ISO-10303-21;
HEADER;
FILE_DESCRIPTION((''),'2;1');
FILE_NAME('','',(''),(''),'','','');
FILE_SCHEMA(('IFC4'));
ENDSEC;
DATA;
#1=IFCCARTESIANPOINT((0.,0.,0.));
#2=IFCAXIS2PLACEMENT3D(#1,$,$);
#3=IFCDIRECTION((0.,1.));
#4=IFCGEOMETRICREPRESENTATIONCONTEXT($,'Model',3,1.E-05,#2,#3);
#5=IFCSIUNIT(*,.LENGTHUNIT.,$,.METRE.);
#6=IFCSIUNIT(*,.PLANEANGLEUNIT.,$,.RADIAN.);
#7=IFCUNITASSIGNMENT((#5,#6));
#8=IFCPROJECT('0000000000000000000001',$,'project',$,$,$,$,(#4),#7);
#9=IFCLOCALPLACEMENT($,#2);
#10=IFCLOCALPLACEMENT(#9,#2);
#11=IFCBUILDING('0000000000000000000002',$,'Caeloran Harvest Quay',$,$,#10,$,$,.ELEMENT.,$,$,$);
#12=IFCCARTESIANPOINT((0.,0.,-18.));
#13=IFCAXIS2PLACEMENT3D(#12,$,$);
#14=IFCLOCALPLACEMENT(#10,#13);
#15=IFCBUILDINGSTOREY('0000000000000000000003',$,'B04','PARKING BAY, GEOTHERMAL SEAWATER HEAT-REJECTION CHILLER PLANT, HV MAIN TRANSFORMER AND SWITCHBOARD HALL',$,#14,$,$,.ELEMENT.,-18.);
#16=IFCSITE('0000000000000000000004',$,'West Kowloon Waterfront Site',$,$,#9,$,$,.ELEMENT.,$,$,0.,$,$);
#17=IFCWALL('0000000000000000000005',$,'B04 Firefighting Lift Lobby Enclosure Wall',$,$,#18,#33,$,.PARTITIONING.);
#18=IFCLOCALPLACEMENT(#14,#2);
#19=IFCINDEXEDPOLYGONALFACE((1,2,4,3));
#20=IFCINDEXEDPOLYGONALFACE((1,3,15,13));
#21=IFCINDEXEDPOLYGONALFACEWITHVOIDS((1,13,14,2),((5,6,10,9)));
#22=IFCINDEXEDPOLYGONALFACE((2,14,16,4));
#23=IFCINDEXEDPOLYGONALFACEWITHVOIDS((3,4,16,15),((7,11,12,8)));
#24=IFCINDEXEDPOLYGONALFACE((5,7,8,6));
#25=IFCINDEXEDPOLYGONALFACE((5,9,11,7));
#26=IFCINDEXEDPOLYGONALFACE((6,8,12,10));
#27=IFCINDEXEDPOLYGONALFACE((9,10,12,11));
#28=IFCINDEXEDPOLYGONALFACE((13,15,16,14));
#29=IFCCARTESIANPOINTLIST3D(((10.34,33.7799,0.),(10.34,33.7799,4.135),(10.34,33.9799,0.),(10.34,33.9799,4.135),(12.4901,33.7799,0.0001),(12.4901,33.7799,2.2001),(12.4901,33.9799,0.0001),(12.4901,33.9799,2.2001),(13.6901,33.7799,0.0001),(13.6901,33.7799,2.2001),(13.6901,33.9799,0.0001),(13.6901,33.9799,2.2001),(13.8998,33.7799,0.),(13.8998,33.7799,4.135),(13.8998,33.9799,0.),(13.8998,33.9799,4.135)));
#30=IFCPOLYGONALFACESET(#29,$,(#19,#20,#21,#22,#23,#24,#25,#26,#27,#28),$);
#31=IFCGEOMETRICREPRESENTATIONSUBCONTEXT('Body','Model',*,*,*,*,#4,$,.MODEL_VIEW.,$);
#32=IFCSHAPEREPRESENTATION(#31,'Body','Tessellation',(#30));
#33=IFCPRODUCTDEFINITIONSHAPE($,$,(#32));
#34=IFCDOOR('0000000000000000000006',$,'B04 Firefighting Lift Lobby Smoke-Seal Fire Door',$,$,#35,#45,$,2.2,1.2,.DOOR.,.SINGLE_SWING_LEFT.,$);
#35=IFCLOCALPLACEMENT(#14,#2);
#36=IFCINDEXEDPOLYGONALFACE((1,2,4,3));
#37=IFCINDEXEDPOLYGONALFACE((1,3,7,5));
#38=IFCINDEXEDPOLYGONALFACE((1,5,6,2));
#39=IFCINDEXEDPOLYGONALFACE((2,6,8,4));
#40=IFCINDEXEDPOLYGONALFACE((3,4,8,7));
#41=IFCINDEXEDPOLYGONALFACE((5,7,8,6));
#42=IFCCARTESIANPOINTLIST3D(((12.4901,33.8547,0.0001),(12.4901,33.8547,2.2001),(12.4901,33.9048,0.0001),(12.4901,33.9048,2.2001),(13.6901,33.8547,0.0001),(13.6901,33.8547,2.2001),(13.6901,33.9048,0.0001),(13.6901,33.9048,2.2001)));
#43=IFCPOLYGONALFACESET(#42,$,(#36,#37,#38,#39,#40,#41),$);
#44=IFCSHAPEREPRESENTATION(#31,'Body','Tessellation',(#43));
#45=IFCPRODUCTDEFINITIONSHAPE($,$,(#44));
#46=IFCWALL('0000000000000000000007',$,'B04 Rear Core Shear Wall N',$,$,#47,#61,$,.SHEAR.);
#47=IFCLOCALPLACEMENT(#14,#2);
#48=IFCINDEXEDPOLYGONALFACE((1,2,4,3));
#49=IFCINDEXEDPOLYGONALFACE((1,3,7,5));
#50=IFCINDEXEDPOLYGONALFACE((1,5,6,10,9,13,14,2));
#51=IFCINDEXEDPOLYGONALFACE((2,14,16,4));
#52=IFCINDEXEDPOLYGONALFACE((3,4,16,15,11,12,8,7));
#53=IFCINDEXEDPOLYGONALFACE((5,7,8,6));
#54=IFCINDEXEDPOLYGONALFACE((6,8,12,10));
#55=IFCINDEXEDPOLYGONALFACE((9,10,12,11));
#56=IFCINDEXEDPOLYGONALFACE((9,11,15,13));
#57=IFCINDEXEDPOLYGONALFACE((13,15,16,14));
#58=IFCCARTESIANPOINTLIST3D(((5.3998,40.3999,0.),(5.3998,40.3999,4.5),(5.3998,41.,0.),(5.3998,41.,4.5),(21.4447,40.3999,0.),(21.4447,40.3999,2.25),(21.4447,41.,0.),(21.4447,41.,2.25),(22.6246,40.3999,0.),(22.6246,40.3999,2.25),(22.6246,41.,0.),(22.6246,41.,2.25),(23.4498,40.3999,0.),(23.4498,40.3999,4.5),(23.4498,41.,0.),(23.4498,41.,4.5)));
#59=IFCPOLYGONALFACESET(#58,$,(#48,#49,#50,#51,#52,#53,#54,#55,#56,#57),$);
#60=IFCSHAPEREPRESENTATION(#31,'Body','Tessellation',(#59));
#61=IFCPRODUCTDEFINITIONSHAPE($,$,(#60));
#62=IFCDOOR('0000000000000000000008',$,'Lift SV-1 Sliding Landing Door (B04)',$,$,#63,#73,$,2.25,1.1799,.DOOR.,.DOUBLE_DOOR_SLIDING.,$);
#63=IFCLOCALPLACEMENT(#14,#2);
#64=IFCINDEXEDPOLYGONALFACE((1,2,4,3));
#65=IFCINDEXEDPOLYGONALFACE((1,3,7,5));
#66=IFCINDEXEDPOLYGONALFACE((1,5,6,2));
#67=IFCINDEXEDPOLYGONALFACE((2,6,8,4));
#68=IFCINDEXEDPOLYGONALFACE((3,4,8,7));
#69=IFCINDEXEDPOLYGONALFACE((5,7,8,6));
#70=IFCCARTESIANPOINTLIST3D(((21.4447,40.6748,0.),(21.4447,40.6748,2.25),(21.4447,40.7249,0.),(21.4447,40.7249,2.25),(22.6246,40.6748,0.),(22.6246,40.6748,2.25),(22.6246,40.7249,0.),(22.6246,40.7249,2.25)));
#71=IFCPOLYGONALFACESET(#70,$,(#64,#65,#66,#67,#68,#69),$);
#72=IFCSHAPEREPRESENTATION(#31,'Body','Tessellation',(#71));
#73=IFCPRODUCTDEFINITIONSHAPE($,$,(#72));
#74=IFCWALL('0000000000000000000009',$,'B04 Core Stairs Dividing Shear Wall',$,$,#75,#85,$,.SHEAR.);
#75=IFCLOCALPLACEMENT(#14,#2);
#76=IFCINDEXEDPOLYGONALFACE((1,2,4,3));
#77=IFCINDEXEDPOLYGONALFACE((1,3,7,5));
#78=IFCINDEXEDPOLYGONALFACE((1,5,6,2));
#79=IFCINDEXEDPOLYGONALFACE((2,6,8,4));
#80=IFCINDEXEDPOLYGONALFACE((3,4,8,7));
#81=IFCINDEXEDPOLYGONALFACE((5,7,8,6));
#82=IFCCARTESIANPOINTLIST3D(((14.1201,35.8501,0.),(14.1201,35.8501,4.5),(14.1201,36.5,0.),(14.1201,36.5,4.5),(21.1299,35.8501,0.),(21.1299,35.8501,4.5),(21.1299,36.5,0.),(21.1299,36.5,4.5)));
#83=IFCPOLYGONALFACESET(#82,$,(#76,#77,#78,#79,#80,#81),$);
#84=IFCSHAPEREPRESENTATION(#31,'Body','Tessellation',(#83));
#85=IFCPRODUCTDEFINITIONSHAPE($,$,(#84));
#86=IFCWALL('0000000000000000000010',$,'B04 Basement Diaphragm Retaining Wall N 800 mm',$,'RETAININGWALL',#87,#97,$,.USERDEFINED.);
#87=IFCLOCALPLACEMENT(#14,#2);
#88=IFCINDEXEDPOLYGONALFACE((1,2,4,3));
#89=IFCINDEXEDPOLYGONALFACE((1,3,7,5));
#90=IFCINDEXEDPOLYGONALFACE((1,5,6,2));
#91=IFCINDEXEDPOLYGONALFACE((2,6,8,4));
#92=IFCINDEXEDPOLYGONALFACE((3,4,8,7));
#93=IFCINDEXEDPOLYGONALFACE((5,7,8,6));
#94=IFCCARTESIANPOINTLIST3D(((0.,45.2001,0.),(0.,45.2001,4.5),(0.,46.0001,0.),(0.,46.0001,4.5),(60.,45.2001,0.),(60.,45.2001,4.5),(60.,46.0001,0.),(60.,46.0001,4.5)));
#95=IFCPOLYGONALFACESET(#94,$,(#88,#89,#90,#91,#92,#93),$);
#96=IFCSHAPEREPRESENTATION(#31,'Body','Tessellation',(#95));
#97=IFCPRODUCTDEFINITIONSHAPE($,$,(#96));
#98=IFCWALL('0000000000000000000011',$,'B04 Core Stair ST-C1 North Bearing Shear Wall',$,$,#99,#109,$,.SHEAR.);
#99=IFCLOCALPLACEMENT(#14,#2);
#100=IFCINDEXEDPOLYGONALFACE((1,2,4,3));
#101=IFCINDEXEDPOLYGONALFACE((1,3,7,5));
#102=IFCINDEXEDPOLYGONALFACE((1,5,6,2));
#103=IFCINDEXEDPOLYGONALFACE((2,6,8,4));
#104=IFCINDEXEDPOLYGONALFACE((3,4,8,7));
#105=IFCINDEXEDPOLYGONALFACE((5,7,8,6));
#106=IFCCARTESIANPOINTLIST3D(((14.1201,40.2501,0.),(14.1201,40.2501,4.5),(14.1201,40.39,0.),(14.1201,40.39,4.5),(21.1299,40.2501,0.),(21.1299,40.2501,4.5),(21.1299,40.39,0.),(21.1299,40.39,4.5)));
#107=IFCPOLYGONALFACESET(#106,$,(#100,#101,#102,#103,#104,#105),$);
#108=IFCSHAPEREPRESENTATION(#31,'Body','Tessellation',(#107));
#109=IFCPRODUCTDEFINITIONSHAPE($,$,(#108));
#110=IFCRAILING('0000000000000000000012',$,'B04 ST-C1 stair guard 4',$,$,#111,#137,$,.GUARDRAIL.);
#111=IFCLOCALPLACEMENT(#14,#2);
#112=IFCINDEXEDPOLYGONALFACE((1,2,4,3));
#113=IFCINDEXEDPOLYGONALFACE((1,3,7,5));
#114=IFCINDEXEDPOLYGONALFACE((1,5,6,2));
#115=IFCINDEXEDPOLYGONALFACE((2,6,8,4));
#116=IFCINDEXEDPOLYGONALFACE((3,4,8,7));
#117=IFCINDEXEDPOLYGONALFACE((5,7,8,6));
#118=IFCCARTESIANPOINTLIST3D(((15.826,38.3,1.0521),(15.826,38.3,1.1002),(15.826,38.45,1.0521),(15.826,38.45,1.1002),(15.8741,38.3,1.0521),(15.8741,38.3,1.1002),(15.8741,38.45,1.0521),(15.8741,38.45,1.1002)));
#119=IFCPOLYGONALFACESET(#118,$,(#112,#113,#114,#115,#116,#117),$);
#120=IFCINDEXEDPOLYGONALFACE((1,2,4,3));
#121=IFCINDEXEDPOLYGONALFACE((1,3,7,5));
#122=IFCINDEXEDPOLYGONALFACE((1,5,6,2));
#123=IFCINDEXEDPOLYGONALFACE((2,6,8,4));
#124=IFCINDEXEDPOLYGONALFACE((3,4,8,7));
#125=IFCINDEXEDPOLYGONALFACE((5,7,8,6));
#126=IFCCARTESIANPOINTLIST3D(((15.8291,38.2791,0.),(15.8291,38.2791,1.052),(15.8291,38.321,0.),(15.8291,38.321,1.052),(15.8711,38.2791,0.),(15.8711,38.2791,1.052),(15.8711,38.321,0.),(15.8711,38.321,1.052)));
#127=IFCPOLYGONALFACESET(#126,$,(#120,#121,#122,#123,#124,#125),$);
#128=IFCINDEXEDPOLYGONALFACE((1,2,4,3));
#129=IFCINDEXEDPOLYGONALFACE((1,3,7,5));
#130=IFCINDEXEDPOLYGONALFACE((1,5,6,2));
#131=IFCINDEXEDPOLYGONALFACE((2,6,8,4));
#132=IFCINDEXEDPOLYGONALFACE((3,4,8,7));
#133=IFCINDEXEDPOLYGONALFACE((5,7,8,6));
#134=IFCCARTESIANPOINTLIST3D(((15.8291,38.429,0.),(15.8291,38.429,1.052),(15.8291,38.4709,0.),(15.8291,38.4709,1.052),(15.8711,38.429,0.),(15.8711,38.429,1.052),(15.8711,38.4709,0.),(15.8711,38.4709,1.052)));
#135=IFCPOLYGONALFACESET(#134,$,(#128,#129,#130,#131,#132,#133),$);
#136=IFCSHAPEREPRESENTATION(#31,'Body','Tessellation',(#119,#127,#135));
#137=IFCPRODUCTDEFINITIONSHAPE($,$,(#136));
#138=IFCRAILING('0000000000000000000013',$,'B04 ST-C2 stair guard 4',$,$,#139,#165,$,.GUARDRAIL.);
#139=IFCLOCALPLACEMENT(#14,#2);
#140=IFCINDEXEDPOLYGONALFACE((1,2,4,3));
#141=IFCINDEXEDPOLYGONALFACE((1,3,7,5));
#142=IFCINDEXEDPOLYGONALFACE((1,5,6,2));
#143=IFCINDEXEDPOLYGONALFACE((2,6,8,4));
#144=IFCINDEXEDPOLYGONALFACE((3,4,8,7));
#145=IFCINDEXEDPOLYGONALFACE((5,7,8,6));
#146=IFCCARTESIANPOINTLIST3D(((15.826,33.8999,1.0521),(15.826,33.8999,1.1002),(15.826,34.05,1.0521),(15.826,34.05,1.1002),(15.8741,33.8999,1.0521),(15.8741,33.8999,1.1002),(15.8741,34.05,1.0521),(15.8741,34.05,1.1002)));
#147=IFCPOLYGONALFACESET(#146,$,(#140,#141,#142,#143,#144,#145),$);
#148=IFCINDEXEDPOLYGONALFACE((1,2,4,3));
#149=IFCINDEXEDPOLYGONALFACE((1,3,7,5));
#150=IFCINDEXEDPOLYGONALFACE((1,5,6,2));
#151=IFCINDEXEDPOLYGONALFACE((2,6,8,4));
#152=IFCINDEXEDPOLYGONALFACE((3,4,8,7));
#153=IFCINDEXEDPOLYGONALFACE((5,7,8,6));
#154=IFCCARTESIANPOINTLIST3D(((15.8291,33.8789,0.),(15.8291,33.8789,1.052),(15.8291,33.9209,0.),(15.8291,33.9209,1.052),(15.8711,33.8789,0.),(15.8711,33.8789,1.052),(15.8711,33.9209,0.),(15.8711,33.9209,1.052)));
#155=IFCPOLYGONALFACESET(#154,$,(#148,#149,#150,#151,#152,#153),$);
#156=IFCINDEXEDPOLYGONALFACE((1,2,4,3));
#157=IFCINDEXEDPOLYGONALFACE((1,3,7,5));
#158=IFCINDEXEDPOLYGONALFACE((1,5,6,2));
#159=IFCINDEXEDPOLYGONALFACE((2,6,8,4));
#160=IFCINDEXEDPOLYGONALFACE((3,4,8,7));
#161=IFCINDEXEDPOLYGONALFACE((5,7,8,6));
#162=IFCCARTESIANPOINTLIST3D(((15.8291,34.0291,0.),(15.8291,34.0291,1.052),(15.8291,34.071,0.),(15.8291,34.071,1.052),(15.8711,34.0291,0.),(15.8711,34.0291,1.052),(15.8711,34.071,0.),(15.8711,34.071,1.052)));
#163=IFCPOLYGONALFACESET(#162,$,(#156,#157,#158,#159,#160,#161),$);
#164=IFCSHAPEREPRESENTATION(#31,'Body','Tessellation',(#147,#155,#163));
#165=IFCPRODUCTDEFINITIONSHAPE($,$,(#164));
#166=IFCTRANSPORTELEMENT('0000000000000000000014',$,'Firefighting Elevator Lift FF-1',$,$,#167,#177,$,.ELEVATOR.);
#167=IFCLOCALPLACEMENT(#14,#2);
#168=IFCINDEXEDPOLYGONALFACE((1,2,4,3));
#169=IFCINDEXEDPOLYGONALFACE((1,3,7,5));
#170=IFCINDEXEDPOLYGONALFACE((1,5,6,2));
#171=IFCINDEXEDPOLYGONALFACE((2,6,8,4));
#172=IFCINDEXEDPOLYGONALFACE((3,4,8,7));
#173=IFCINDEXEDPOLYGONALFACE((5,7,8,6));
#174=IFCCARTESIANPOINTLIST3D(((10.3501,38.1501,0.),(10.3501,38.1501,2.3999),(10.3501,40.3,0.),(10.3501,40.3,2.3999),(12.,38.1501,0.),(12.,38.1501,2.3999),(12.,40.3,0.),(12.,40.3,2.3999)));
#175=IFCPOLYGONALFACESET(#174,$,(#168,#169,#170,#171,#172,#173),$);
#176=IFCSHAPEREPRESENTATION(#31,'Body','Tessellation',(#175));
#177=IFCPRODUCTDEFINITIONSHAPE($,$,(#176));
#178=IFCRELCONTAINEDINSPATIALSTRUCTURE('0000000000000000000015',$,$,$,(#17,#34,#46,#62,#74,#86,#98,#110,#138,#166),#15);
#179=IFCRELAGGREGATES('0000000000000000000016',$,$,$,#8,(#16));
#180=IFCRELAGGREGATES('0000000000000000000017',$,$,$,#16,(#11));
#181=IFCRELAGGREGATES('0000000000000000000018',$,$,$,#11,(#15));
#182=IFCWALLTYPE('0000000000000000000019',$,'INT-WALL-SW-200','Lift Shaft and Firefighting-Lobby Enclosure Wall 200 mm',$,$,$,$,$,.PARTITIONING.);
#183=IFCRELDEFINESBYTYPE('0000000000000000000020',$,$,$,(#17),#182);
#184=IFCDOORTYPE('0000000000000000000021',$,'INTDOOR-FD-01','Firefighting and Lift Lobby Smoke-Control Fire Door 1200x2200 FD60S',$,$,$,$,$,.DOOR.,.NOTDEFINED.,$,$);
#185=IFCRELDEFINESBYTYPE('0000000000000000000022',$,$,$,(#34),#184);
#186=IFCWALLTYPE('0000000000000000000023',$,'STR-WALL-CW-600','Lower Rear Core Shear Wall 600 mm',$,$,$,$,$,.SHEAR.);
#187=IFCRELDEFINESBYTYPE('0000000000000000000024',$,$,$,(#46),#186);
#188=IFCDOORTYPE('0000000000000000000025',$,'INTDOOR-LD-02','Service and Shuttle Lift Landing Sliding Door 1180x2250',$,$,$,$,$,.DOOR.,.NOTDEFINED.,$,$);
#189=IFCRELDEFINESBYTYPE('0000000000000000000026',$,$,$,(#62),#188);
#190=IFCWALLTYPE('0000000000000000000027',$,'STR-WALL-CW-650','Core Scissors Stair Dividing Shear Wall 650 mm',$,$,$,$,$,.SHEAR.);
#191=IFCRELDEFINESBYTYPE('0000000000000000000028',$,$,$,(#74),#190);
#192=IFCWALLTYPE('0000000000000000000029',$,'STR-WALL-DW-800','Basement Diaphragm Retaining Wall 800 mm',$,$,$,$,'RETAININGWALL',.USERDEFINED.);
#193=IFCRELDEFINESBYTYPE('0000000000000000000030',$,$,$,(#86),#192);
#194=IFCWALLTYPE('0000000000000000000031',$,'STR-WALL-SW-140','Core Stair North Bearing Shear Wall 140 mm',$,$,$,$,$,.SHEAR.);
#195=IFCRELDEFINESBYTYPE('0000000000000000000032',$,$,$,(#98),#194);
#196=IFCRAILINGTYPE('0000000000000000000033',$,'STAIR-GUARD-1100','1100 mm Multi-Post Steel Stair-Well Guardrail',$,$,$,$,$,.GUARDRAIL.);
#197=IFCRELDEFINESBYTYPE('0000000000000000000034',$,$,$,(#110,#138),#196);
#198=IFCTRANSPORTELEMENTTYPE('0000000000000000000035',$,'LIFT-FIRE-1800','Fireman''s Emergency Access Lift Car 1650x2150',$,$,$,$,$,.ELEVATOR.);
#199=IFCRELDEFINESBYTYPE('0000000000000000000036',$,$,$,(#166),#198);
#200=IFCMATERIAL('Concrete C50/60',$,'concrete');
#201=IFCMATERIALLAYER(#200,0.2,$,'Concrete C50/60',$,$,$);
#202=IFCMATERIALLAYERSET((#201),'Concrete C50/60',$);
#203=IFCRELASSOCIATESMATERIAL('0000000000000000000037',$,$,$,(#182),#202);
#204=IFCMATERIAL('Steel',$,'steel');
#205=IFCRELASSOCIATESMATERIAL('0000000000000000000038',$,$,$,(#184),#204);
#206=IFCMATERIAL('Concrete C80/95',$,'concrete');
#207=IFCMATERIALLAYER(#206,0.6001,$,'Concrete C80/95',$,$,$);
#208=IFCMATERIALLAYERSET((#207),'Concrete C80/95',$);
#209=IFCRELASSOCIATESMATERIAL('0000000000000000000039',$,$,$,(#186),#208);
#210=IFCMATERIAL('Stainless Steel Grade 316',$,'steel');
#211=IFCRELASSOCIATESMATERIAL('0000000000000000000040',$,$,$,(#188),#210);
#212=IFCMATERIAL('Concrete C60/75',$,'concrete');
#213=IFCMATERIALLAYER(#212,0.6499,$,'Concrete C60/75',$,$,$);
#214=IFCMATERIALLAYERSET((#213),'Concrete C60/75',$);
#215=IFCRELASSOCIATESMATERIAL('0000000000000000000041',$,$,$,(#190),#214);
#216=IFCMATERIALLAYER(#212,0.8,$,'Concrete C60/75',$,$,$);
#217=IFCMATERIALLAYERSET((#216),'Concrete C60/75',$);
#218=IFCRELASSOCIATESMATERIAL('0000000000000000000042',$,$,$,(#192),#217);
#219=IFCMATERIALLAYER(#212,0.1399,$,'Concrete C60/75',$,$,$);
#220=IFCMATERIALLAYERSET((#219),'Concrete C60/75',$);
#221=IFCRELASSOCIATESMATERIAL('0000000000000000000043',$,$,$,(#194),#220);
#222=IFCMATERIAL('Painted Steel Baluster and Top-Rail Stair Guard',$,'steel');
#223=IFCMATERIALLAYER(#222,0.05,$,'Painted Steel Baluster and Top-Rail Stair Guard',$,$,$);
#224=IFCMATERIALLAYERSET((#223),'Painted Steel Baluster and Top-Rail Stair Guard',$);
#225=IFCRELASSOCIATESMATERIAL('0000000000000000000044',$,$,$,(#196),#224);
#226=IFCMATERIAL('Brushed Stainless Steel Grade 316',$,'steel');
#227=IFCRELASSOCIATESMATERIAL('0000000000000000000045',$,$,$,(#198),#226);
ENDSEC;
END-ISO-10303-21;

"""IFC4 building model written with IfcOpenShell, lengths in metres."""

from ifc_helpers import new_model, si_unit, direction, frame, frame_2d, origin, origin_2d, place, context, subcontext, project, spatial, rectangle, extrude, material, layer, layer_set, type_object, element, fill, save


model = new_model("IFC4")

# Units and contexts
model_context = context("Model", 3, precision=1e-05, world=origin(), true_north=direction((0.0, 1.0)))
body_context = subcontext(model_context, "Body", "Model", "MODEL_VIEW")
ifc_project = project(units=[si_unit("LENGTHUNIT", "METRE"), si_unit("PLANEANGLEUNIT", "RADIAN")], contexts=[model_context])

# Site, building, storey
site_placement = place(None, origin())
site = spatial("IfcSite", under=ifc_project, at=site_placement, Name="West Kowloon Waterfront Site", CompositionType="ELEMENT", RefElevation=0.0)
building_placement = place(site_placement, origin())
building = spatial("IfcBuilding", under=site, at=building_placement, Name="Caeloran Harvest Quay", CompositionType="ELEMENT")
storey_placement = place(building_placement, frame((0.0, 0.0, -18.0)))
storey = spatial("IfcBuildingStorey", under=building, at=storey_placement, Name="B04", Description="PARKING BAY, GEOTHERMAL SEAWATER HEAT-REJECTION CHILLER PLANT, HV MAIN TRANSFORMER AND SWITCHBOARD HALL", CompositionType="ELEMENT", Elevation=-18.0)

# Shared definitions
ifc_material_1 = material(Name="Concrete C60/75", Category="concrete")

# Shared definitions
ifc_material_2 = material(Name="Concrete C50/60", Category="concrete")
ifc_layer_1 = layer(ifc_material_2, 0.2, Name="Concrete C50/60")
ifc_layer_set_1 = layer_set([ifc_layer_1], Name="Concrete C50/60")
wall_type_1 = type_object("IfcWallType", Name="INT-WALL-SW-200", Description="Lift Shaft and Firefighting-Lobby Enclosure Wall 200 mm", PredefinedType="PARTITIONING", material=ifc_layer_set_1)

# Shared definitions
ifc_material_3 = material(Name="Stainless Steel Grade 316", Category="steel")

# Walls, openings, doors
wall_1_placement = place(storey_placement, frame((10.3401, 33.8799, 0.0), z_axis=(0.0, 0.0, 1.0), x_axis=(1.0, 0.0, 0.0)))
wall_1 = element("IfcWall", 1, at=wall_1_placement, inside=storey, type_object=wall_type_1, Name="B04 Firefighting Lift Lobby Enclosure Wall", PredefinedType="PARTITIONING", context=body_context, shape_type="SweptSolid", body=[
    extrude(rectangle(XDim=3.5598, YDim=0.2, at=frame_2d((1.7798, 0.0))), origin(), (0.0, 0.0, 1.0), 4.135),
])
opening_1_placement = place(wall_1_placement, frame((2.1499, 0.0, 0.0)))
opening_1 = element("IfcOpeningElement", 2, at=opening_1_placement, cuts=wall_1, PredefinedType="OPENING", context=body_context, shape_type="SweptSolid", body=[
    extrude(rectangle(XDim=1.2, YDim=2.2, at=frame_2d((0.6001, 1.1001))), frame((0.0, 0.1099, 0.0), z_axis=(0.0, -1.0, 0.0), x_axis=(1.0, 0.0, 0.0)), (0.0, 0.0, 1.0), 0.22),
])
ifc_material_4 = material(Name="Steel", Category="steel")
door_type_1 = type_object("IfcDoorType", Name="INTDOOR-FD-01", Description="Firefighting and Lift Lobby Smoke-Control Fire Door 1200x2200 FD60S", OperationType="NOTDEFINED", PredefinedType="DOOR", material=ifc_material_4)
door_1_placement = place(opening_1_placement, origin())
door_1 = element("IfcDoor", 3, at=door_1_placement, inside=storey, type_object=door_type_1, Name="B04 Firefighting Lift Lobby Smoke-Seal Fire Door", OperationType="SINGLE_SWING_LEFT", OverallHeight=2.2, OverallWidth=1.2, PredefinedType="DOOR", context=body_context, shape_type="SweptSolid", body=[
    extrude(rectangle(XDim=1.2, YDim=2.2, at=frame_2d((0.6001, 1.1001))), frame((0.0, 0.0249, 0.0), z_axis=(0.0, -1.0, 0.0), x_axis=(1.0, 0.0, 0.0)), (0.0, 0.0, 1.0), 0.05),
])
fill(opening_1, door_1)
ifc_material_5 = material(Name="Concrete C80/95", Category="concrete")
ifc_layer_2 = layer(ifc_material_5, 0.6001, Name="Concrete C80/95")
ifc_layer_set_2 = layer_set([ifc_layer_2], Name="Concrete C80/95")
wall_type_2 = type_object("IfcWallType", Name="STR-WALL-CW-600", Description="Lower Rear Core Shear Wall 600 mm", PredefinedType="SHEAR", material=ifc_layer_set_2)
wall_2_placement = place(storey_placement, frame((5.3999, 40.7, 0.0), z_axis=(0.0, 0.0, 1.0), x_axis=(1.0, 0.0, 0.0)))
wall_2 = element("IfcWall", 4, at=wall_2_placement, inside=storey, type_object=wall_type_2, Name="B04 Rear Core Shear Wall N", PredefinedType="SHEAR", context=body_context, shape_type="SweptSolid", body=[
    extrude(rectangle(XDim=18.05, YDim=0.6001, at=frame_2d((9.0249, 0.0))), origin(), (0.0, 0.0, 1.0), 4.5),
])
opening_2_placement = place(wall_2_placement, frame((16.0449, 0.0, 0.0)))
opening_2 = element("IfcOpeningElement", 5, at=opening_2_placement, cuts=wall_2, PredefinedType="OPENING", context=body_context, shape_type="SweptSolid", body=[
    extrude(rectangle(XDim=1.1799, YDim=2.25, at=frame_2d((0.5898, 1.125))), frame((0.0, 0.3101, 0.0), z_axis=(0.0, -1.0, 0.0), x_axis=(1.0, 0.0, 0.0)), (0.0, 0.0, 1.0), 0.6201),
])
door_type_2 = type_object("IfcDoorType", Name="INTDOOR-LD-02", Description="Service and Shuttle Lift Landing Sliding Door 1180x2250", OperationType="NOTDEFINED", PredefinedType="DOOR", material=ifc_material_3)
door_2_placement = place(opening_2_placement, origin())
door_2 = element("IfcDoor", 6, at=door_2_placement, inside=storey, type_object=door_type_2, Name="Lift SV-1 Sliding Landing Door (B04)", OperationType="DOUBLE_DOOR_SLIDING", OverallHeight=2.25, OverallWidth=1.1799, PredefinedType="DOOR", context=body_context, shape_type="SweptSolid", body=[
    extrude(rectangle(XDim=1.1799, YDim=2.25, at=frame_2d((0.5898, 1.125))), frame((0.0, 0.0249, 0.0), z_axis=(0.0, -1.0, 0.0), x_axis=(1.0, 0.0, 0.0)), (0.0, 0.0, 1.0), 0.05),
])
fill(opening_2, door_2)

# Walls
ifc_layer_3 = layer(ifc_material_1, 0.6499, Name="Concrete C60/75")
ifc_layer_set_3 = layer_set([ifc_layer_3], Name="Concrete C60/75")
wall_type_3 = type_object("IfcWallType", Name="STR-WALL-CW-650", Description="Core Scissors Stair Dividing Shear Wall 650 mm", PredefinedType="SHEAR", material=ifc_layer_set_3)
wall_3_placement = place(storey_placement, frame((14.1201, 36.175, 0.0), z_axis=(0.0, 0.0, 1.0), x_axis=(1.0, 0.0, 0.0)))
element("IfcWall", 7, at=wall_3_placement, inside=storey, type_object=wall_type_3, Name="B04 Core Stairs Dividing Shear Wall", PredefinedType="SHEAR", context=body_context, shape_type="SweptSolid", body=[
    extrude(rectangle(XDim=7.0098, YDim=0.6499, at=frame_2d((3.5049, 0.0))), origin(), (0.0, 0.0, 1.0), 4.5),
])
ifc_layer_4 = layer(ifc_material_1, 0.8, Name="Concrete C60/75")
ifc_layer_set_4 = layer_set([ifc_layer_4], Name="Concrete C60/75")
wall_type_4 = type_object("IfcWallType", Name="STR-WALL-DW-800", Description="Basement Diaphragm Retaining Wall 800 mm", ElementType="RETAININGWALL", PredefinedType="USERDEFINED", material=ifc_layer_set_4)
wall_4_placement = place(storey_placement, frame((0.0, 45.6001, 0.0), z_axis=(0.0, 0.0, 1.0), x_axis=(1.0, 0.0, 0.0)))
element("IfcWall", 8, at=wall_4_placement, inside=storey, type_object=wall_type_4, Name="B04 Basement Diaphragm Retaining Wall N 800 mm", ObjectType="RETAININGWALL", PredefinedType="USERDEFINED", context=body_context, shape_type="SweptSolid", body=[
    extrude(rectangle(XDim=60.0, YDim=0.8, at=frame_2d((30.0, 0.0))), origin(), (0.0, 0.0, 1.0), 4.5),
])
ifc_layer_5 = layer(ifc_material_1, 0.1399, Name="Concrete C60/75")
ifc_layer_set_5 = layer_set([ifc_layer_5], Name="Concrete C60/75")
wall_type_5 = type_object("IfcWallType", Name="STR-WALL-SW-140", Description="Core Stair North Bearing Shear Wall 140 mm", PredefinedType="SHEAR", material=ifc_layer_set_5)
wall_5_placement = place(storey_placement, frame((14.1201, 40.3201, 0.0), z_axis=(0.0, 0.0, 1.0), x_axis=(1.0, 0.0, 0.0)))
element("IfcWall", 9, at=wall_5_placement, inside=storey, type_object=wall_type_5, Name="B04 Core Stair ST-C1 North Bearing Shear Wall", PredefinedType="SHEAR", context=body_context, shape_type="SweptSolid", body=[
    extrude(rectangle(XDim=7.0098, YDim=0.1399, at=frame_2d((3.5049, 0.0))), origin(), (0.0, 0.0, 1.0), 4.5),
])

# Railings
ifc_material_6 = material(Name="Painted Steel Baluster and Top-Rail Stair Guard", Category="steel")
ifc_layer_6 = layer(ifc_material_6, 0.05, Name="Painted Steel Baluster and Top-Rail Stair Guard")
ifc_layer_set_6 = layer_set([ifc_layer_6], Name="Painted Steel Baluster and Top-Rail Stair Guard")
railing_type = type_object("IfcRailingType", Name="STAIR-GUARD-1100", Description="1100 mm Multi-Post Steel Stair-Well Guardrail", PredefinedType="GUARDRAIL", material=ifc_layer_set_6)
railing_1_placement = place(storey_placement, frame((15.8501, 38.3, 0.0)))
element("IfcRailing", 10, at=railing_1_placement, inside=storey, type_object=railing_type, Name="B04 ST-C1 stair guard 4", PredefinedType="GUARDRAIL", context=body_context, shape_type="SweptSolid", body=[
    extrude(rectangle(XDim=0.0481, YDim=0.0481, at=origin_2d()), frame((0.0, 0.0, 1.0762), z_axis=(0.0, 1.0, 0.0), x_axis=(-1.0, 0.0, 0.0)), (0.0, 0.0, 1.0), 0.1499),
    extrude(rectangle(XDim=0.042, YDim=0.042, at=origin_2d()), origin(), (0.0, 0.0, 1.0), 1.052),
    extrude(rectangle(XDim=0.042, YDim=0.042, at=origin_2d()), frame((0.0, 0.1499, 0.0)), (0.0, 0.0, 1.0), 1.052),
])
railing_2_placement = place(storey_placement, frame((15.8501, 33.8999, 0.0)))
element("IfcRailing", 11, at=railing_2_placement, inside=storey, type_object=railing_type, Name="B04 ST-C2 stair guard 4", PredefinedType="GUARDRAIL", context=body_context, shape_type="SweptSolid", body=[
    extrude(rectangle(XDim=0.0481, YDim=0.0481, at=origin_2d()), frame((0.0, 0.0, 1.0762), z_axis=(0.0, 1.0, 0.0), x_axis=(-1.0, 0.0, 0.0)), (0.0, 0.0, 1.0), 0.1501),
    extrude(rectangle(XDim=0.042, YDim=0.042, at=origin_2d()), origin(), (0.0, 0.0, 1.0), 1.052),
    extrude(rectangle(XDim=0.042, YDim=0.042, at=origin_2d()), frame((0.0, 0.1501, 0.0)), (0.0, 0.0, 1.0), 1.052),
])

# Transport element
ifc_material_7 = material(Name="Brushed Stainless Steel Grade 316", Category="steel")
transport_element_type = type_object("IfcTransportElementType", Name="LIFT-FIRE-1800", Description="Fireman's Emergency Access Lift Car 1650x2150", PredefinedType="ELEVATOR", material=ifc_material_7)
for number, where, z_axis, x_axis, name in (
    (12, (11.175, 39.2251, 0.0), (0.0, 0.0, 1.0), (1.0, 0.0, 0.0), "Firefighting Elevator Lift FF-1"),
):
    element("IfcTransportElement", number, at=place(storey_placement, frame(where, z_axis=z_axis, x_axis=x_axis)), inside=storey, type_object=transport_element_type, Name=name, PredefinedType="ELEVATOR", context=body_context, shape_type="SweptSolid", body=[
        extrude(rectangle(XDim=1.6499, YDim=2.1499, at=origin_2d()), origin(), (0.0, 0.0, 1.0), 2.3999),
    ])

save(model, "model.ifc")
